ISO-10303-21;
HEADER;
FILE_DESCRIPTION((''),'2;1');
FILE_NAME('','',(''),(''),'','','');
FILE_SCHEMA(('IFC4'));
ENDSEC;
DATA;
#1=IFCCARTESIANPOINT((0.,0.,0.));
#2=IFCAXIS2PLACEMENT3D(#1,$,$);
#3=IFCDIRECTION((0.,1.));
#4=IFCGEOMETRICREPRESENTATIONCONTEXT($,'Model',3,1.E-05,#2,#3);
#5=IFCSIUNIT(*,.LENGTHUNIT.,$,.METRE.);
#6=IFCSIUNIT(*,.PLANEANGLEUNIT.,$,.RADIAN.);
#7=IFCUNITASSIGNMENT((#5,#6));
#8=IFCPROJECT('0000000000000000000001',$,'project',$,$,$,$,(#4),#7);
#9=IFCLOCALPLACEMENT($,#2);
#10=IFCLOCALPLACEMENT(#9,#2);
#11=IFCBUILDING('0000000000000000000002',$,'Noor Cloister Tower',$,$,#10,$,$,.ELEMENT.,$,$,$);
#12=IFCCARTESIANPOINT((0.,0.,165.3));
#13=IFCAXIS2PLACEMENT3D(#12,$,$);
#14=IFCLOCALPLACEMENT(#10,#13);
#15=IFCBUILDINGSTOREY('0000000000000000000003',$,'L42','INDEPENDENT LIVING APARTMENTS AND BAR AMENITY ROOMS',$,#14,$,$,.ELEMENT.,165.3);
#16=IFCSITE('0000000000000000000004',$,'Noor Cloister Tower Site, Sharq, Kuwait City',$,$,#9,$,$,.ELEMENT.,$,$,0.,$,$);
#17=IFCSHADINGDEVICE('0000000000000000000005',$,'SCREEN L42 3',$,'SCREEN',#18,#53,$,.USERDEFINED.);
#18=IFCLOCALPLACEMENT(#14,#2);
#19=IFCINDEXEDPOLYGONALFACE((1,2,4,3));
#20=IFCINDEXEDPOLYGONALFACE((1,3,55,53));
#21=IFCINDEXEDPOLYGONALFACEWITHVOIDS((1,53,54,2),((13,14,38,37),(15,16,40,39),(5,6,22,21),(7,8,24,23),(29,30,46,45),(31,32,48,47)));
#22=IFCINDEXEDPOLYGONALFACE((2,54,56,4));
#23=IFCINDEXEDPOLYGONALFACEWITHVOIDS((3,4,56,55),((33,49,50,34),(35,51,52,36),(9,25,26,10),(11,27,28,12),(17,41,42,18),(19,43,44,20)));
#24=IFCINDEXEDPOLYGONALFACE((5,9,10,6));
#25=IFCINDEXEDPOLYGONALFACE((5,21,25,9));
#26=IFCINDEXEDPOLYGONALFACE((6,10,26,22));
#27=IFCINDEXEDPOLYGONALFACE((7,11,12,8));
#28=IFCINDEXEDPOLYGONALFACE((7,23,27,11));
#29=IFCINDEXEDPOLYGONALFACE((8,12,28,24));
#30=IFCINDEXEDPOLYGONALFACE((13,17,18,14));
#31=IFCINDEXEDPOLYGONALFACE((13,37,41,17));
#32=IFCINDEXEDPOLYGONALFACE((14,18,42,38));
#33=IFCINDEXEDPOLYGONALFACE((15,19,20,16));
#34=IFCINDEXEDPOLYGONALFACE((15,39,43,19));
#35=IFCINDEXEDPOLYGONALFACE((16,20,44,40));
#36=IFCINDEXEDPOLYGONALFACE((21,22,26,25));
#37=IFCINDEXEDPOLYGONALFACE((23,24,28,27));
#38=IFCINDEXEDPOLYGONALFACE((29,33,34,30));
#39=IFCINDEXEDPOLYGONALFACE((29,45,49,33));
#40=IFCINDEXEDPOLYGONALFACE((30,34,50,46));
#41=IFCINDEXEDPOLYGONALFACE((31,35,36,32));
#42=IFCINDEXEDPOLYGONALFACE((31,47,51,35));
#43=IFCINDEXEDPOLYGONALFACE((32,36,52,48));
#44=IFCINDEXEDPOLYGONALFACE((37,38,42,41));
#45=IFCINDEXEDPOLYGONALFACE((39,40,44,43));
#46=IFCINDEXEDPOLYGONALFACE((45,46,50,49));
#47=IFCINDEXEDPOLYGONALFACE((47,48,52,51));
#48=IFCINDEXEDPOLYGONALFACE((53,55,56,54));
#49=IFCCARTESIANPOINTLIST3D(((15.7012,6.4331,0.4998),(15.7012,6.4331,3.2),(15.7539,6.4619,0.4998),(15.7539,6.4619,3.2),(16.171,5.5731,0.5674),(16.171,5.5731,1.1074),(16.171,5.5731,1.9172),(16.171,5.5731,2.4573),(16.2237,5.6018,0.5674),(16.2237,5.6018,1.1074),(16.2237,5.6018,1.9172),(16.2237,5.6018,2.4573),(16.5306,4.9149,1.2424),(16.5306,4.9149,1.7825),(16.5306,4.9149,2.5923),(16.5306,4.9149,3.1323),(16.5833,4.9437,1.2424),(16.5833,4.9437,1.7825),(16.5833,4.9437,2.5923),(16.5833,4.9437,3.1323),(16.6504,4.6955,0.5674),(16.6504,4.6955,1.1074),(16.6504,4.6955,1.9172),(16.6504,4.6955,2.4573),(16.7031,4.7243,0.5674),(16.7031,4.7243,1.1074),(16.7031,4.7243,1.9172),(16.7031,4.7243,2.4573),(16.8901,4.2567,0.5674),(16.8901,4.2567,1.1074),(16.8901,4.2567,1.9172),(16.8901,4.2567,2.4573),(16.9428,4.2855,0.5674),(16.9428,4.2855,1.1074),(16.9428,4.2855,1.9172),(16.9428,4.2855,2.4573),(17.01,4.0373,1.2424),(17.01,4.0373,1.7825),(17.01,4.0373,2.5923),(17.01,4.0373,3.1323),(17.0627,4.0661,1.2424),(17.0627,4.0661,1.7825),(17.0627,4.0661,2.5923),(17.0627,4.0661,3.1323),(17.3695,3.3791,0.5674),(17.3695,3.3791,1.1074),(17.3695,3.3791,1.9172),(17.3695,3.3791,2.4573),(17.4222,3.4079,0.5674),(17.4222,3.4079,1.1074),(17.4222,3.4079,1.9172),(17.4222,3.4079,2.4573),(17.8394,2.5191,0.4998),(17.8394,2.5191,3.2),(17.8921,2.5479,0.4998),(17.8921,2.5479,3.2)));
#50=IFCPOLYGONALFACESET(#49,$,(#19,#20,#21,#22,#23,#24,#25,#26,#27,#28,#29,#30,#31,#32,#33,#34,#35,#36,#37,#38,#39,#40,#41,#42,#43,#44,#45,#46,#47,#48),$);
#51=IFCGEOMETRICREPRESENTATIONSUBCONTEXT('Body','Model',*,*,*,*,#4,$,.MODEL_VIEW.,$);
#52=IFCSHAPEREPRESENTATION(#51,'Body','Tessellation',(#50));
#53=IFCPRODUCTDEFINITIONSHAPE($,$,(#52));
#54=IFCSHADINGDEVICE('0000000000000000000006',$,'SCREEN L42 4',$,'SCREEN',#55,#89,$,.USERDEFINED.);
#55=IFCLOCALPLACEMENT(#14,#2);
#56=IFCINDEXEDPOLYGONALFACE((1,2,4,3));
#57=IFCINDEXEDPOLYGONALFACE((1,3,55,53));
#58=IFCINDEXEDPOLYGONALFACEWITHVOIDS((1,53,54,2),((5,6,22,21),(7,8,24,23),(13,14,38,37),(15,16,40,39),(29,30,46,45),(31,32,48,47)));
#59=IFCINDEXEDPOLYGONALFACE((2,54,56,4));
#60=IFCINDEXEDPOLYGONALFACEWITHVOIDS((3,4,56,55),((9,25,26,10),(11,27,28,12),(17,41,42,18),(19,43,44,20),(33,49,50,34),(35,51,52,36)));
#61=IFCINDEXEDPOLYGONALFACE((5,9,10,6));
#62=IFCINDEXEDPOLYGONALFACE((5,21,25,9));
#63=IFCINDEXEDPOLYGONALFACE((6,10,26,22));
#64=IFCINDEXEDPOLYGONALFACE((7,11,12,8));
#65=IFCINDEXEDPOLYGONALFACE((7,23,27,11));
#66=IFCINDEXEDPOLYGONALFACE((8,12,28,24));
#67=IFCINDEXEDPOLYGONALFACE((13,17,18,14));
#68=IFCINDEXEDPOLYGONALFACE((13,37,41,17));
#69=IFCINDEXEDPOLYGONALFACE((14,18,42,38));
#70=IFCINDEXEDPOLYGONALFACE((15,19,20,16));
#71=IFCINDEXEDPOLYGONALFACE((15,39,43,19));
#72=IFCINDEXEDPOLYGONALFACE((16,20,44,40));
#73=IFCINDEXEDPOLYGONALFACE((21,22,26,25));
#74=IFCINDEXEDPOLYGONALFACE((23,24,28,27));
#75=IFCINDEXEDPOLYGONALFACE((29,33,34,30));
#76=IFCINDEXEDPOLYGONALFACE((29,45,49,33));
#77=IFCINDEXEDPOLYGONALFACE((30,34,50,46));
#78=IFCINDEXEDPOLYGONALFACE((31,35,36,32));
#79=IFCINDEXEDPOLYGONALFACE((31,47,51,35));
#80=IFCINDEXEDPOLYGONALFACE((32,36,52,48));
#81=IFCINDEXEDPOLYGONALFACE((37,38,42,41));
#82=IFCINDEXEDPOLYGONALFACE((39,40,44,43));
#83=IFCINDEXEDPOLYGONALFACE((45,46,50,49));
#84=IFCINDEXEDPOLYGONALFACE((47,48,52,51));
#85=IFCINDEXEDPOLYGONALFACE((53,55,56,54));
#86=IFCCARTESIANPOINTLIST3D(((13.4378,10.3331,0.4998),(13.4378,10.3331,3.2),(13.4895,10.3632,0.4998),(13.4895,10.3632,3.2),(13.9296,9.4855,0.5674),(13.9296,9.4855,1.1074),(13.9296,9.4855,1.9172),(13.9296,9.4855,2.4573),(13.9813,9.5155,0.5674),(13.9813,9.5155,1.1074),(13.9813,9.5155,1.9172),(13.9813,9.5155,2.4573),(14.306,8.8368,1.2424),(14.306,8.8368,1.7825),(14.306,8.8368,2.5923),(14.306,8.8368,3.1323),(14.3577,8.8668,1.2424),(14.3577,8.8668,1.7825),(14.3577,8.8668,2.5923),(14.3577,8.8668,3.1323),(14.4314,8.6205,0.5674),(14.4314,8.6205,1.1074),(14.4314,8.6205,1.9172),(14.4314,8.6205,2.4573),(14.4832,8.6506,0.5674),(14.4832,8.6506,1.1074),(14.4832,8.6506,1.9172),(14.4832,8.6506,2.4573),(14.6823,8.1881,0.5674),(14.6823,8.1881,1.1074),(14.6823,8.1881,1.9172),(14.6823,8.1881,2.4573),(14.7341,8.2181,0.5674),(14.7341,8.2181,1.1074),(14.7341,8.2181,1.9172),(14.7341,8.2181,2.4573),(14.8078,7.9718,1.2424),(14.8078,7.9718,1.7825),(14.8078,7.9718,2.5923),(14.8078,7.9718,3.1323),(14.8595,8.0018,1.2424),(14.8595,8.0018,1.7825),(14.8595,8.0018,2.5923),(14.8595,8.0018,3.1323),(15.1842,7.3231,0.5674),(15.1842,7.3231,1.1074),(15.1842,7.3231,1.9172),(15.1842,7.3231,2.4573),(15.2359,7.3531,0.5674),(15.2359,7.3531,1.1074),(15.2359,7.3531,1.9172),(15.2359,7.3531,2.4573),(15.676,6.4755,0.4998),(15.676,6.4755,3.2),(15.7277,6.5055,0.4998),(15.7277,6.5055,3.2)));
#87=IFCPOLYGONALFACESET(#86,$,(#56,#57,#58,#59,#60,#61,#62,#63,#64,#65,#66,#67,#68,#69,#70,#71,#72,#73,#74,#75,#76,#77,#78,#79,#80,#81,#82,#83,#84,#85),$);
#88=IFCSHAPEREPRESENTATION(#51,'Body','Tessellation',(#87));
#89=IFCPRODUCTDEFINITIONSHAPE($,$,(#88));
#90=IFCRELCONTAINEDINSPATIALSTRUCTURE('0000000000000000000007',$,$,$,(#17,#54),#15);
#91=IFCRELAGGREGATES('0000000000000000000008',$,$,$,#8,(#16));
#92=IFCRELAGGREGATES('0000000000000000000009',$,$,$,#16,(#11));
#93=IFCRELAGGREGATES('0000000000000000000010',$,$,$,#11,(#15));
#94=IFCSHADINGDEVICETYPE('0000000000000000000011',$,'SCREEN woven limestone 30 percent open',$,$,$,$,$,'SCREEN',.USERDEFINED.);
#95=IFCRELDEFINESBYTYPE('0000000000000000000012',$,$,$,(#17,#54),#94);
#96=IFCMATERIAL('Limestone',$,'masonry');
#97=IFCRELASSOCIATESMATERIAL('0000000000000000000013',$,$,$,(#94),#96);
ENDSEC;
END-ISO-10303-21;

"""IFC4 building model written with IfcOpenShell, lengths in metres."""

from ifc_helpers import new_model, si_unit, direction, frame, origin, place, context, subcontext, project, spatial, polyline, outline, extrude, material, material_profile, profile_set, type_object, element, save


model = new_model("IFC4")

# Units and contexts
model_context = context("Model", 3, precision=1e-05, world=origin(), true_north=direction((0.0, 1.0)))
body_context = subcontext(model_context, "Body", "Model", "MODEL_VIEW")
ifc_project = project(units=[si_unit("LENGTHUNIT", "METRE"), si_unit("PLANEANGLEUNIT", "RADIAN")], contexts=[model_context])

# Site, building, storey
site_placement = place(None, origin())
site = spatial("IfcSite", under=ifc_project, at=site_placement, Name="Noor Cloister Tower Site, Sharq, Kuwait City", CompositionType="ELEMENT", RefElevation=0.0)
building_placement = place(site_placement, origin())
building = spatial("IfcBuilding", under=site, at=building_placement, Name="Noor Cloister Tower", CompositionType="ELEMENT")
storey_placement = place(building_placement, frame((0.0, 0.0, 165.3)))
storey = spatial("IfcBuildingStorey", under=building, at=storey_placement, Name="L42", Description="INDEPENDENT LIVING APARTMENTS AND BAR AMENITY ROOMS", CompositionType="ELEMENT", Elevation=165.3)

# Shading devices
ifc_material_1 = material(Name="Limestone", Category="masonry")
ifc_material_profile_1 = material_profile(ifc_material_1, outline(polyline([(-2.23, -1.3501), (2.23, -1.3501), (2.23, 1.3501), (-2.23, 1.3501), (-2.23, -1.3501)]), holes=[polyline([(-1.25, -1.2825), (-0.25, -1.2825), (-0.25, -0.7424), (-1.25, -0.7424), (-1.25, -1.2825)]), polyline([(0.25, -1.2825), (1.25, -1.2825), (1.25, -0.7424), (0.25, -0.7424), (0.25, -1.2825)]), polyline([(-0.5, -0.6074), (0.5, -0.6074), (0.5, -0.0674), (-0.5, -0.0674), (-0.5, -0.6074)]), polyline([(-1.25, 0.0674), (-0.25, 0.0674), (-0.25, 0.6074), (-1.25, 0.6074), (-1.25, 0.0674)]), polyline([(0.25, 0.0674), (1.25, 0.0674), (1.25, 0.6074), (0.25, 0.6074), (0.25, 0.0674)]), polyline([(-0.5, 0.7424), (0.5, 0.7424), (0.5, 1.2825), (-0.5, 1.2825), (-0.5, 0.7424)])]), Name="Woven screen 30 percent open")
ifc_profile_set_1 = profile_set([ifc_material_profile_1], Name="Limestone")
shading_device_type = type_object("IfcShadingDeviceType", Name="SCREEN woven limestone 30 percent open", ElementType="SCREEN", PredefinedType="USERDEFINED", material=ifc_profile_set_1)
for number, where, z_axis, x_axis, name in (
    (1, (16.7703, 4.4761, 1.8499), (0.877585, 0.479421, 0.0), (-0.479421, 0.877585, 0.0), "SCREEN L42 3"),
):
    element("IfcShadingDevice", number, at=place(storey_placement, frame(where, z_axis=z_axis, x_axis=x_axis)), inside=storey, type_object=shading_device_type, Name=name, ObjectType="SCREEN", PredefinedType="USERDEFINED", context=body_context, shape_type="SweptSolid", body=[
        extrude(outline(polyline([(-2.23, -1.3501), (2.23, -1.3501), (2.23, 1.3501), (-2.23, 1.3501), (-2.23, -1.3501)]), holes=[polyline([(-1.25, -1.2825), (-0.25, -1.2825), (-0.25, -0.7424), (-1.25, -0.7424), (-1.25, -1.2825)]), polyline([(0.25, -1.2825), (1.25, -1.2825), (1.25, -0.7424), (0.25, -0.7424), (0.25, -1.2825)]), polyline([(-0.5, -0.6074), (0.5, -0.6074), (0.5, -0.0674), (-0.5, -0.0674), (-0.5, -0.6074)]), polyline([(-1.25, 0.0674), (-0.25, 0.0674), (-0.25, 0.6074), (-1.25, 0.6074), (-1.25, 0.0674)]), polyline([(0.25, 0.0674), (1.25, 0.0674), (1.25, 0.6074), (0.25, 0.6074), (0.25, 0.0674)]), polyline([(-0.5, 0.7424), (0.5, 0.7424), (0.5, 1.2825), (-0.5, 1.2825), (-0.5, 0.7424)])]), origin(), (0.0, 0.0, 1.0), 0.0601),
    ])
shading_device_placement = place(storey_placement, frame((14.5569, 8.4043, 1.8499), z_axis=(0.86496, 0.50184, 0.0), x_axis=(-0.50184, 0.86496, 0.0)))
element("IfcShadingDevice", 2, at=shading_device_placement, inside=storey, type_object=shading_device_type, Name="SCREEN L42 4", ObjectType="SCREEN", PredefinedType="USERDEFINED", context=body_context, shape_type="SweptSolid", body=[
    extrude(outline(polyline([(-2.23, -1.3501), (2.23, -1.3501), (2.23, 1.3501), (-2.23, 1.3501), (-2.23, -1.3501)]), holes=[polyline([(-1.25, -1.2825), (-0.25, -1.2825), (-0.25, -0.7424), (-1.25, -0.7424), (-1.25, -1.2825)]), polyline([(0.25, -1.2825), (1.25, -1.2825), (1.25, -0.7424), (0.25, -0.7424), (0.25, -1.2825)]), polyline([(-0.5, -0.6074), (0.5, -0.6074), (0.5, -0.0674), (-0.5, -0.0674), (-0.5, -0.6074)]), polyline([(-1.25, 0.0674), (-0.25, 0.0674), (-0.25, 0.6074), (-1.25, 0.6074), (-1.25, 0.0674)]), polyline([(0.25, 0.0674), (1.25, 0.0674), (1.25, 0.6074), (0.25, 0.6074), (0.25, 0.0674)]), polyline([(-0.5, 0.7424), (0.5, 0.7424), (0.5, 1.2825), (-0.5, 1.2825), (-0.5, 0.7424)])]), origin(), (0.0, 0.0, 1.0), 0.0598),
])

save(model, "model.ifc")
